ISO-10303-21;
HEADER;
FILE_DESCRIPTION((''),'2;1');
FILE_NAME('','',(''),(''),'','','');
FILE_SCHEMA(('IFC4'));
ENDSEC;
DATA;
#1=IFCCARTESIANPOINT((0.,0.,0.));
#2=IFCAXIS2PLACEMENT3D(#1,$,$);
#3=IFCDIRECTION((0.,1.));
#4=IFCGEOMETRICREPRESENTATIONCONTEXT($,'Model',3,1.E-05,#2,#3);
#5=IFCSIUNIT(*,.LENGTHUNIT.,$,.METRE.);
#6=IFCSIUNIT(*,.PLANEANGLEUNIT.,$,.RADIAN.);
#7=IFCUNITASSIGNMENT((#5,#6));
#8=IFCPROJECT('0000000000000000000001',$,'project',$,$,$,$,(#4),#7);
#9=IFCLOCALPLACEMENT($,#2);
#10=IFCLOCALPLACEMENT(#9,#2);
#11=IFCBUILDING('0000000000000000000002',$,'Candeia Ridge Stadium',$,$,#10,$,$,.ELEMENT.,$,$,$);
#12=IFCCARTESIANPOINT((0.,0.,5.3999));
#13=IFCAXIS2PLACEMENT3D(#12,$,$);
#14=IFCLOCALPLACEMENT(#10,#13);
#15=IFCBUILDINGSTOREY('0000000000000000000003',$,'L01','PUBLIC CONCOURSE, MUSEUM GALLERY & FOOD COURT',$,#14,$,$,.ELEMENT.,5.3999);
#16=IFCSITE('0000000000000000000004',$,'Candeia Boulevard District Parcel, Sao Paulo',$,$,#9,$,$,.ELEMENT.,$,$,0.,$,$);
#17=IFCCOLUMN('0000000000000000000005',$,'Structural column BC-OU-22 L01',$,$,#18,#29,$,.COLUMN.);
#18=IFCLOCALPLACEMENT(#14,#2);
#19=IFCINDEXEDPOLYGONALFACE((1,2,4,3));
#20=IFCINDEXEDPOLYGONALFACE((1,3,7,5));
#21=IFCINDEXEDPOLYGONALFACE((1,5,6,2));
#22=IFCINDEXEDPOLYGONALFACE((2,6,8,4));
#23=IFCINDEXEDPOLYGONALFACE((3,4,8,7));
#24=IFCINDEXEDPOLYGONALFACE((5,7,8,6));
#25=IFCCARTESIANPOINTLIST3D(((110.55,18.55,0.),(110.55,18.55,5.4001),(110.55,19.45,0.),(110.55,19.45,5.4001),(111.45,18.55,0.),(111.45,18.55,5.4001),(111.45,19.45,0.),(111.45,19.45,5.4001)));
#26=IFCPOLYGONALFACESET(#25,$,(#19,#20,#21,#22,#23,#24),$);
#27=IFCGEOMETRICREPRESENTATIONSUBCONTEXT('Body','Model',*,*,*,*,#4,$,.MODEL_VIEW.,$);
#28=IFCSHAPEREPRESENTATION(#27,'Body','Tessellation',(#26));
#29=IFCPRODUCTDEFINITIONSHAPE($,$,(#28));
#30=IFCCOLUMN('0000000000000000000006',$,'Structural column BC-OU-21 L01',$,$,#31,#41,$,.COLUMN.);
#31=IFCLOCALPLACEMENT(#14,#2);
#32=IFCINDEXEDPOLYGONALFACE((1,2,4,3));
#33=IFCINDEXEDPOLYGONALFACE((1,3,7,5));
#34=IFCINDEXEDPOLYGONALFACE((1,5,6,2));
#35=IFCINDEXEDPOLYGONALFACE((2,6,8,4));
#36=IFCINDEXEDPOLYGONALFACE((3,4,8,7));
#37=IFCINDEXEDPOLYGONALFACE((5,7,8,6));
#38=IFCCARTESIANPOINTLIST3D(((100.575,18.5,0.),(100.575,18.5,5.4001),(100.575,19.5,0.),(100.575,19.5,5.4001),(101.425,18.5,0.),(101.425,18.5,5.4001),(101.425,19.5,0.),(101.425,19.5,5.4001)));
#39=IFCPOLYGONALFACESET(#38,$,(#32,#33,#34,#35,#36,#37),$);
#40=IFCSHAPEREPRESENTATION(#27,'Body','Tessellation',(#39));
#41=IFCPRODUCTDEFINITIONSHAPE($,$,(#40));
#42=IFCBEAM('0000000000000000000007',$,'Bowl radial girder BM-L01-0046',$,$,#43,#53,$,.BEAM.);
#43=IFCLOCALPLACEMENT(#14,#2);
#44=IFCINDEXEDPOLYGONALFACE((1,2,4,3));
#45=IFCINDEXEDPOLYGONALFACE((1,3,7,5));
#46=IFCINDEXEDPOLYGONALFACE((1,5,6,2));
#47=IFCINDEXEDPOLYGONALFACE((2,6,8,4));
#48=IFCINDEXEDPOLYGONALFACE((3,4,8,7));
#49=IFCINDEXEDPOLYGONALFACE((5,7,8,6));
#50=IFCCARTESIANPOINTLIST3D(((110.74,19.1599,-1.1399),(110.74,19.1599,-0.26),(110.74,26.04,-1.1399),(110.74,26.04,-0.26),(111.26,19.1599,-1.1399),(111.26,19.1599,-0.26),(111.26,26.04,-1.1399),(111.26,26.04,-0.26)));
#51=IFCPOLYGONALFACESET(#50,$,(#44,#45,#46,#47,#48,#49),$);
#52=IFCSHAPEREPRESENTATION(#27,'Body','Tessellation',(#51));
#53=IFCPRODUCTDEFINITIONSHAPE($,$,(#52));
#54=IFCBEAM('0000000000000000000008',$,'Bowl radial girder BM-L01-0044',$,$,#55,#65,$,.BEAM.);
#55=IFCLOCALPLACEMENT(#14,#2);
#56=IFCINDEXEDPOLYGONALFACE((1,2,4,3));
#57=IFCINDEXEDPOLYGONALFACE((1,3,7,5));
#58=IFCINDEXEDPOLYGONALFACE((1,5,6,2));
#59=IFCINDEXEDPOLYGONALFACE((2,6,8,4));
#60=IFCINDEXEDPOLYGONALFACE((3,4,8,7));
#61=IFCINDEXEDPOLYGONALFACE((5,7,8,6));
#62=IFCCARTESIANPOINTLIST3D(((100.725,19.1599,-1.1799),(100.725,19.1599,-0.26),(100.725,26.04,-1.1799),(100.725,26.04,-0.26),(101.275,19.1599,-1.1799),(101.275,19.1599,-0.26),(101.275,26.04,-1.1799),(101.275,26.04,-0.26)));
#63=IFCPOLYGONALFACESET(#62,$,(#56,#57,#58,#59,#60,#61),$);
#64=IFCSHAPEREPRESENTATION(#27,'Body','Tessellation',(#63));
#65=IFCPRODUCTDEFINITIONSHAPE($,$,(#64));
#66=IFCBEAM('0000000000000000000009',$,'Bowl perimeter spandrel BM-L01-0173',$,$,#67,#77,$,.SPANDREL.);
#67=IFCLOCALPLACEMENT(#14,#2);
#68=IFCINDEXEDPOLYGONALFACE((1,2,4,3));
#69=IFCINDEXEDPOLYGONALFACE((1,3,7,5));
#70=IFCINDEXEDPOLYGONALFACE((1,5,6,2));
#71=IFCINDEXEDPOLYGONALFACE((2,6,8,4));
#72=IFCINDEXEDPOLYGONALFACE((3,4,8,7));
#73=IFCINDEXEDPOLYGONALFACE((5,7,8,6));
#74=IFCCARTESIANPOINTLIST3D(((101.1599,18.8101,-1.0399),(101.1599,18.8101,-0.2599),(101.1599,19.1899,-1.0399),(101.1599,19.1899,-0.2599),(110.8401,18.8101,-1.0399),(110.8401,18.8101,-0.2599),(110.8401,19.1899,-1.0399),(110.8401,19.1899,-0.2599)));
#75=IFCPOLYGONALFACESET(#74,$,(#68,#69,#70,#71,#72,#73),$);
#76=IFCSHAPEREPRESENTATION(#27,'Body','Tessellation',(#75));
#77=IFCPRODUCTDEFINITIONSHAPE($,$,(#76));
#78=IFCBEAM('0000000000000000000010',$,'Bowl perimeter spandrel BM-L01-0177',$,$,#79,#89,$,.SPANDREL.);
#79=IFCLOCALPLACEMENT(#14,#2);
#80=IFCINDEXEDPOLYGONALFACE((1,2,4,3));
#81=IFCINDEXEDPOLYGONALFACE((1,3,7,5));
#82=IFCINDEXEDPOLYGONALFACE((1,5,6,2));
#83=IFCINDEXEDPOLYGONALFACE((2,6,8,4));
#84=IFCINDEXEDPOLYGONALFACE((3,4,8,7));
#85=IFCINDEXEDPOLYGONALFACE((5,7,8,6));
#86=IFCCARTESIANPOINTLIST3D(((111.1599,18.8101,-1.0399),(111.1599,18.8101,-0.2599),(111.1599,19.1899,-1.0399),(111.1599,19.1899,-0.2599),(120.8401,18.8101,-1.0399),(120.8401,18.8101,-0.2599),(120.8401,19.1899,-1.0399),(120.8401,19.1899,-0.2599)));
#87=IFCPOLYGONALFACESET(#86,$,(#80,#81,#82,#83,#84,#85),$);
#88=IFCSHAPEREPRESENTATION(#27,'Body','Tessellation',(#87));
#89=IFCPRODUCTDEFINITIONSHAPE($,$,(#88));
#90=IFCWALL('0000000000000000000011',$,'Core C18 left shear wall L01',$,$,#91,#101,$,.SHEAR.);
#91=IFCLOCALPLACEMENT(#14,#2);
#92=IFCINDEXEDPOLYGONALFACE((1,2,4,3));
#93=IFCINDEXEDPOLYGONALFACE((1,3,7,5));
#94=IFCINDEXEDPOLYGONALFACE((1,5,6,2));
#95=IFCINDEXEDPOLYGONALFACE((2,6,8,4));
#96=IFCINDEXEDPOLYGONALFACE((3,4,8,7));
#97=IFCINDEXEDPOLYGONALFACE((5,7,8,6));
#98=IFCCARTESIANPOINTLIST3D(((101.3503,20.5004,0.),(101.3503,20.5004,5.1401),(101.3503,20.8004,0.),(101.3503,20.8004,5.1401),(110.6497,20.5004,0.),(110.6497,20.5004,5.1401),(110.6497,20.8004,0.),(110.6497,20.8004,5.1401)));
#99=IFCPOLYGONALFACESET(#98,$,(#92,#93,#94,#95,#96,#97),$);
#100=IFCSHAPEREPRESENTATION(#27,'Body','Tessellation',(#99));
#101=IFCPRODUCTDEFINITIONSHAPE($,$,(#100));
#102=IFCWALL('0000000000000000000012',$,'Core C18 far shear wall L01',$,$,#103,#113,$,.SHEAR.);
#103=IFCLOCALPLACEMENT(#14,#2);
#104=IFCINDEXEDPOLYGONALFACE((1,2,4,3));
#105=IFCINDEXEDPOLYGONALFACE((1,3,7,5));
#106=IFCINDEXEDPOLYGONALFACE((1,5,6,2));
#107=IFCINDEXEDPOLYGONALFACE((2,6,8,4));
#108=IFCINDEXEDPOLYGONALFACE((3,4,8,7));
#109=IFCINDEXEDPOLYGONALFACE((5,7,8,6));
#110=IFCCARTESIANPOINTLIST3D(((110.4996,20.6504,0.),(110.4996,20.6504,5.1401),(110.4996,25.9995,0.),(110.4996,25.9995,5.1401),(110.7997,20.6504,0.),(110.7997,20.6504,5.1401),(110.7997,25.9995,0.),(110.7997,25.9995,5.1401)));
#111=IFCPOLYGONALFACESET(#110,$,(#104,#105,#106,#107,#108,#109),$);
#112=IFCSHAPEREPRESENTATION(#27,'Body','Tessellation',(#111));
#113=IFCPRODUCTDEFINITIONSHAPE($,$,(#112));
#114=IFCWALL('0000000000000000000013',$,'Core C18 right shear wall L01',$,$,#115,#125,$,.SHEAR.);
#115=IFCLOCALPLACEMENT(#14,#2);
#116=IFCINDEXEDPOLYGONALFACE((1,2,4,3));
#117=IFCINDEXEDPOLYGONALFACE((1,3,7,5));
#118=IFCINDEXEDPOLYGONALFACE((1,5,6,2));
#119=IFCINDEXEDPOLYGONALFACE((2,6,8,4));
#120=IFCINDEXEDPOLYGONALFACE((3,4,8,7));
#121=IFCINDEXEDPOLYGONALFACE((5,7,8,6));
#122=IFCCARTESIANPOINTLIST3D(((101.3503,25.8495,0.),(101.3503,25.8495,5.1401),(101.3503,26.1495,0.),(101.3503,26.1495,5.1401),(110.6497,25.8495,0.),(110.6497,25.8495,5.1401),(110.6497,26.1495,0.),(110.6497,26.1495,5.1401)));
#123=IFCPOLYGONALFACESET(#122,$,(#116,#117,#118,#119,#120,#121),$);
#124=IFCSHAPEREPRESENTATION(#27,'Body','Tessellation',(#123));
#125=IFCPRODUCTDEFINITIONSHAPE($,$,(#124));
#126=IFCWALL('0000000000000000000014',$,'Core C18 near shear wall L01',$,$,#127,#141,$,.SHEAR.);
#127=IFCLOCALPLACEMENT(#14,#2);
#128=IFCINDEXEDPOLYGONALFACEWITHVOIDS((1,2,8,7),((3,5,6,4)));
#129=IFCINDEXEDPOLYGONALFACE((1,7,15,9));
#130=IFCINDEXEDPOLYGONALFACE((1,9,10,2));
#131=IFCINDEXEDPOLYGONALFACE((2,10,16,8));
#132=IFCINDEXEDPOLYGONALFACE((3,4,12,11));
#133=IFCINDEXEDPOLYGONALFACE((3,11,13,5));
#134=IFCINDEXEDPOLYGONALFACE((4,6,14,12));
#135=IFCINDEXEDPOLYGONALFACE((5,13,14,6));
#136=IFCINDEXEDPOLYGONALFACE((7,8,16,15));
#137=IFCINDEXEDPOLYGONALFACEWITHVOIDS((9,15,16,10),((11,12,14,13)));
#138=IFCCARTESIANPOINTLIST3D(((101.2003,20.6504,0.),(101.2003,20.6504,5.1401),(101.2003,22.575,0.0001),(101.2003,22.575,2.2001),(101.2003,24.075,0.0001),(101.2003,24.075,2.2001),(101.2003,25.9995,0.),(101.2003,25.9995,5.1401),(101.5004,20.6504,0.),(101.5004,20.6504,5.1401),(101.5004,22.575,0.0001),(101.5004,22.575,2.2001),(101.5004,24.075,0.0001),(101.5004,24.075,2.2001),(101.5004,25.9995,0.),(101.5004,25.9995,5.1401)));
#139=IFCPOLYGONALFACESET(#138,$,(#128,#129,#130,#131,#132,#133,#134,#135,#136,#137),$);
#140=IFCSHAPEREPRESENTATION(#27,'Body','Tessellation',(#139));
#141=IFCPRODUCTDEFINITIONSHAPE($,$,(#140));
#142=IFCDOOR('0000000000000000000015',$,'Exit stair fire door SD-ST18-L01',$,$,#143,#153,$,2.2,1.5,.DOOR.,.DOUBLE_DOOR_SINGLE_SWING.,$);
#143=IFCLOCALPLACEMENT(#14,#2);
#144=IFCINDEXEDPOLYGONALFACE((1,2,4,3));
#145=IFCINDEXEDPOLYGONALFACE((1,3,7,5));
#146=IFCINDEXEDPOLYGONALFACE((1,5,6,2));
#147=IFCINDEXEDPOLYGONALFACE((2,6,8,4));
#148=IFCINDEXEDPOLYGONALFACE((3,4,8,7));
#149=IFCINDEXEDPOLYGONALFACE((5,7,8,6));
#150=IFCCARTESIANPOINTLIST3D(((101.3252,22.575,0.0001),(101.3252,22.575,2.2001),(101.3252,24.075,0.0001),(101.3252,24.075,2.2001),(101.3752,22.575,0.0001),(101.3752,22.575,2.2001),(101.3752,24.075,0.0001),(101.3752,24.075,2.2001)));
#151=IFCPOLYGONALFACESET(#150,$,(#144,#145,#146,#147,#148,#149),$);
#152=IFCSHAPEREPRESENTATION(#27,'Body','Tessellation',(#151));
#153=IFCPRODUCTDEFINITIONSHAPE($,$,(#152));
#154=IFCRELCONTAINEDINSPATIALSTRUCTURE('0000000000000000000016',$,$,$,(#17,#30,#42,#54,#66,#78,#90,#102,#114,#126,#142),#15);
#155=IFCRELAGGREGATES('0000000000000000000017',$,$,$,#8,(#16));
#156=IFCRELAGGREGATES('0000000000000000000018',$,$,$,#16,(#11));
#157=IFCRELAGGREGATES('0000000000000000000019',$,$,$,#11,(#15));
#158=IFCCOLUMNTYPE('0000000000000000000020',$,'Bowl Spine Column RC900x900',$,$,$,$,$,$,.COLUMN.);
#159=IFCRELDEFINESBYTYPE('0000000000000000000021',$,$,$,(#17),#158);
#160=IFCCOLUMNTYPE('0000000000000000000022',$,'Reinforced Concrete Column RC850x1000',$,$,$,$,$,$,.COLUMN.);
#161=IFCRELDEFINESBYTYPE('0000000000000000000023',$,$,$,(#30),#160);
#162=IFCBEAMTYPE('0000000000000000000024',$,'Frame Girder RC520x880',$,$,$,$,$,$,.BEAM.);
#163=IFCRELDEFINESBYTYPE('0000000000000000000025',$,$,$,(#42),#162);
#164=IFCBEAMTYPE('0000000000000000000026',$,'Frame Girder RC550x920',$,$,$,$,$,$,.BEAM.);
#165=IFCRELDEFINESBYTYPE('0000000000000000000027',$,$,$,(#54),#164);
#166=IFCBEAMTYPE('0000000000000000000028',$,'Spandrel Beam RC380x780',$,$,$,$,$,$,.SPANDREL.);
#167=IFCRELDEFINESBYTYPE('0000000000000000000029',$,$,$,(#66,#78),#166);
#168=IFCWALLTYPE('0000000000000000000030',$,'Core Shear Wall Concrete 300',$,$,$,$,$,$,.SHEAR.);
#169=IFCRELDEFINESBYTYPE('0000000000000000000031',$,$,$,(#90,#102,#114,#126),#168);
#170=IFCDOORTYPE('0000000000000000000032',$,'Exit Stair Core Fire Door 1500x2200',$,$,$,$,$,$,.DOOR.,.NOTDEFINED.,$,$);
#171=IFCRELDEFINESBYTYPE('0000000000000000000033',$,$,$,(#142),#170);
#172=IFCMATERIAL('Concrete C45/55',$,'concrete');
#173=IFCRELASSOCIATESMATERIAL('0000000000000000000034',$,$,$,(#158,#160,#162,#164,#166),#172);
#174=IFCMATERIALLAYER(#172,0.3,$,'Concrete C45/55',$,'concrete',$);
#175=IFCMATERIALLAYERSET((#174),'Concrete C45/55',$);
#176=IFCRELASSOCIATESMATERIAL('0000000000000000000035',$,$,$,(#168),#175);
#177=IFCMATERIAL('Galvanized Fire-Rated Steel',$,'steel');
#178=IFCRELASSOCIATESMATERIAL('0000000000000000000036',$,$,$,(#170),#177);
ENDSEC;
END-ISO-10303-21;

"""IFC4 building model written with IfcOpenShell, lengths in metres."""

from ifc_helpers import new_model, si_unit, direction, frame, frame_2d, origin, origin_2d, place, context, subcontext, project, spatial, rectangle, extrude, material, layer, layer_set, material_profile, profile_set, type_object, element, fill, save


model = new_model("IFC4")

# Units and contexts
model_context = context("Model", 3, precision=1e-05, world=origin(), true_north=direction((0.0, 1.0)))
body_context = subcontext(model_context, "Body", "Model", "MODEL_VIEW")
ifc_project = project(units=[si_unit("LENGTHUNIT", "METRE"), si_unit("PLANEANGLEUNIT", "RADIAN")], contexts=[model_context])

# Site, building, storey
site_placement = place(None, origin())
site = spatial("IfcSite", under=ifc_project, at=site_placement, Name="Candeia Boulevard District Parcel, Sao Paulo", CompositionType="ELEMENT", RefElevation=0.0)
building_placement = place(site_placement, origin())
building = spatial("IfcBuilding", under=site, at=building_placement, Name="Candeia Ridge Stadium", CompositionType="ELEMENT")
storey_placement = place(building_placement, frame((0.0, 0.0, 5.3999)))
storey = spatial("IfcBuildingStorey", under=building, at=storey_placement, Name="L01", Description="PUBLIC CONCOURSE, MUSEUM GALLERY & FOOD COURT", CompositionType="ELEMENT", Elevation=5.3999)

# Columns
ifc_material_1 = material(Name="Concrete C45/55", Category="concrete")
ifc_material_profile_1 = material_profile(ifc_material_1, rectangle(XDim=0.8999, YDim=0.8999, at=origin_2d()), Name="RC900x900", Category="concrete")
ifc_profile_set_1 = profile_set([ifc_material_profile_1], Name="Concrete C45/55")
column_type_1 = type_object("IfcColumnType", Name="Bowl Spine Column RC900x900", PredefinedType="COLUMN", material=ifc_profile_set_1)
column_1_placement = place(storey_placement, frame((111.0, 19.0, 0.0), z_axis=(0.0, 0.0, 1.0), x_axis=(1.0, 0.0, 0.0)))
element("IfcColumn", 1, at=column_1_placement, inside=storey, type_object=column_type_1, Name="Structural column BC-OU-22 L01", PredefinedType="COLUMN", context=body_context, shape_type="SweptSolid", body=[
    extrude(rectangle(XDim=0.8999, YDim=0.8999, at=origin_2d()), origin(), (0.0, 0.0, 1.0), 5.4001),
])
ifc_material_profile_2 = material_profile(ifc_material_1, rectangle(XDim=0.8501, YDim=1.0, at=origin_2d()), Name="RC850x1000", Category="concrete")
ifc_profile_set_2 = profile_set([ifc_material_profile_2], Name="Concrete C45/55")
column_type_2 = type_object("IfcColumnType", Name="Reinforced Concrete Column RC850x1000", PredefinedType="COLUMN", material=ifc_profile_set_2)
column_2_placement = place(storey_placement, frame((101.0, 19.0, 0.0), z_axis=(0.0, 0.0, 1.0), x_axis=(1.0, 0.0, 0.0)))
element("IfcColumn", 2, at=column_2_placement, inside=storey, type_object=column_type_2, Name="Structural column BC-OU-21 L01", PredefinedType="COLUMN", context=body_context, shape_type="SweptSolid", body=[
    extrude(rectangle(XDim=0.8501, YDim=1.0, at=origin_2d()), origin(), (0.0, 0.0, 1.0), 5.4001),
])

# Beams
ifc_material_profile_3 = material_profile(ifc_material_1, rectangle(XDim=0.52, YDim=0.8799, at=origin_2d()), Name="RC520x880", Category="concrete")
ifc_profile_set_3 = profile_set([ifc_material_profile_3], Name="Concrete C45/55")
beam_type_1 = type_object("IfcBeamType", Name="Frame Girder RC520x880", PredefinedType="BEAM", material=ifc_profile_set_3)
beam_1_placement = place(storey_placement, frame((111.0, 26.04, -0.7), z_axis=(0.0, -1.0, 0.0), x_axis=(1.0, 0.0, 0.0)))
element("IfcBeam", 3, at=beam_1_placement, inside=storey, type_object=beam_type_1, Name="Bowl radial girder BM-L01-0046", PredefinedType="BEAM", context=body_context, shape_type="SweptSolid", body=[
    extrude(rectangle(XDim=0.52, YDim=0.8799, at=origin_2d()), origin(), (0.0, 0.0, 1.0), 6.8801),
])
ifc_material_profile_4 = material_profile(ifc_material_1, rectangle(XDim=0.55, YDim=0.9199, at=origin_2d()), Name="RC550x920", Category="concrete")
ifc_profile_set_4 = profile_set([ifc_material_profile_4], Name="Concrete C45/55")
beam_type_2 = type_object("IfcBeamType", Name="Frame Girder RC550x920", PredefinedType="BEAM", material=ifc_profile_set_4)
beam_2_placement = place(storey_placement, frame((101.0, 26.04, -0.72), z_axis=(0.0, -1.0, 0.0), x_axis=(1.0, 0.0, 0.0)))
element("IfcBeam", 4, at=beam_2_placement, inside=storey, type_object=beam_type_2, Name="Bowl radial girder BM-L01-0044", PredefinedType="BEAM", context=body_context, shape_type="SweptSolid", body=[
    extrude(rectangle(XDim=0.55, YDim=0.9199, at=origin_2d()), origin(), (0.0, 0.0, 1.0), 6.8801),
])
ifc_material_profile_5 = material_profile(ifc_material_1, rectangle(XDim=0.3799, YDim=0.78, at=origin_2d()), Name="RC380x780", Category="concrete")
ifc_profile_set_5 = profile_set([ifc_material_profile_5], Name="Concrete C45/55")
beam_type_3 = type_object("IfcBeamType", Name="Spandrel Beam RC380x780", PredefinedType="SPANDREL", material=ifc_profile_set_5)
for number, where, z_axis, x_axis, name in (
    (5, (101.1599, 19.0, -0.6499), (1.0, 0.0, 0.0), (0.0, 1.0, 0.0), "Bowl perimeter spandrel BM-L01-0173"),
    (6, (111.1599, 19.0, -0.6499), (1.0, 0.0, 0.0), (0.0, 1.0, 0.0), "Bowl perimeter spandrel BM-L01-0177"),
):
    element("IfcBeam", number, at=place(storey_placement, frame(where, z_axis=z_axis, x_axis=x_axis)), inside=storey, type_object=beam_type_3, Name=name, PredefinedType="SPANDREL", context=body_context, shape_type="SweptSolid", body=[
        extrude(rectangle(XDim=0.3799, YDim=0.78, at=origin_2d()), origin(), (0.0, 0.0, 1.0), 9.6802),
    ])

# Walls
ifc_layer_1 = layer(ifc_material_1, 0.3, Name="Concrete C45/55", Category="concrete")
ifc_layer_set_1 = layer_set([ifc_layer_1], Name="Concrete C45/55")
wall_type = type_object("IfcWallType", Name="Core Shear Wall Concrete 300", PredefinedType="SHEAR", material=ifc_layer_set_1)
wall_1_placement = place(storey_placement, frame((101.3503, 20.6504, 0.0), z_axis=(0.0, 0.0, 1.0), x_axis=(1.0, 0.0, 0.0)))
element("IfcWall", 7, at=wall_1_placement, inside=storey, type_object=wall_type, Name="Core C18 left shear wall L01", PredefinedType="SHEAR", context=body_context, shape_type="SweptSolid", body=[
    extrude(rectangle(XDim=9.2993, YDim=0.3, at=frame_2d((4.6497, 0.0))), origin(), (0.0, 0.0, 1.0), 5.1401),
])
wall_2_placement = place(storey_placement, frame((110.6497, 20.6504, 0.0), z_axis=(0.0, 0.0, 1.0), x_axis=(0.0, 1.0, 0.0)))
element("IfcWall", 8, at=wall_2_placement, inside=storey, type_object=wall_type, Name="Core C18 far shear wall L01", PredefinedType="SHEAR", context=body_context, shape_type="SweptSolid", body=[
    extrude(rectangle(XDim=5.3491, YDim=0.3, at=frame_2d((2.6746, 0.0))), origin(), (0.0, 0.0, 1.0), 5.1401),
])
wall_3_placement = place(storey_placement, frame((110.6497, 25.9995, 0.0), z_axis=(0.0, 0.0, 1.0), x_axis=(-1.0, 0.0, 0.0)))
element("IfcWall", 9, at=wall_3_placement, inside=storey, type_object=wall_type, Name="Core C18 right shear wall L01", PredefinedType="SHEAR", context=body_context, shape_type="SweptSolid", body=[
    extrude(rectangle(XDim=9.2993, YDim=0.3, at=frame_2d((4.6497, 0.0))), origin(), (0.0, 0.0, 1.0), 5.1401),
])

# Wall, opening, door
wall_4_placement = place(storey_placement, frame((101.3503, 25.9995, 0.0), z_axis=(0.0, 0.0, 1.0), x_axis=(0.0, -1.0, 0.0)))
wall_4 = element("IfcWall", 10, at=wall_4_placement, inside=storey, type_object=wall_type, Name="Core C18 near shear wall L01", PredefinedType="SHEAR", context=body_context, shape_type="SweptSolid", body=[
    extrude(rectangle(XDim=5.3491, YDim=0.3, at=frame_2d((2.6746, 0.0))), origin(), (0.0, 0.0, 1.0), 5.1401),
])
opening_placement = place(wall_4_placement, frame((1.9246, 0.0, 0.0)))
opening = element("IfcOpeningElement", 11, at=opening_placement, cuts=wall_4, PredefinedType="OPENING", context=body_context, shape_type="SweptSolid", body=[
    extrude(rectangle(XDim=1.5, YDim=2.2, at=frame_2d((0.75, 1.1001))), frame((0.0, 0.1599, 0.0), z_axis=(0.0, -1.0, 0.0), x_axis=(1.0, 0.0, 0.0)), (0.0, 0.0, 1.0), 0.3201),
])
ifc_material_2 = material(Name="Galvanized Fire-Rated Steel", Category="steel")
door_type = type_object("IfcDoorType", Name="Exit Stair Core Fire Door 1500x2200", OperationType="NOTDEFINED", PredefinedType="DOOR", material=ifc_material_2)
door_placement = place(opening_placement, origin())
door = element("IfcDoor", 12, at=door_placement, inside=storey, type_object=door_type, Name="Exit stair fire door SD-ST18-L01", OperationType="DOUBLE_DOOR_SINGLE_SWING", OverallHeight=2.2, OverallWidth=1.5, PredefinedType="DOOR", context=body_context, shape_type="SweptSolid", body=[
    extrude(rectangle(XDim=1.5, YDim=2.2, at=frame_2d((0.75, 1.1001))), frame((0.0, 0.0249, 0.0), z_axis=(0.0, -1.0, 0.0), x_axis=(1.0, 0.0, 0.0)), (0.0, 0.0, 1.0), 0.05),
])
fill(opening, door)

save(model, "model.ifc")
